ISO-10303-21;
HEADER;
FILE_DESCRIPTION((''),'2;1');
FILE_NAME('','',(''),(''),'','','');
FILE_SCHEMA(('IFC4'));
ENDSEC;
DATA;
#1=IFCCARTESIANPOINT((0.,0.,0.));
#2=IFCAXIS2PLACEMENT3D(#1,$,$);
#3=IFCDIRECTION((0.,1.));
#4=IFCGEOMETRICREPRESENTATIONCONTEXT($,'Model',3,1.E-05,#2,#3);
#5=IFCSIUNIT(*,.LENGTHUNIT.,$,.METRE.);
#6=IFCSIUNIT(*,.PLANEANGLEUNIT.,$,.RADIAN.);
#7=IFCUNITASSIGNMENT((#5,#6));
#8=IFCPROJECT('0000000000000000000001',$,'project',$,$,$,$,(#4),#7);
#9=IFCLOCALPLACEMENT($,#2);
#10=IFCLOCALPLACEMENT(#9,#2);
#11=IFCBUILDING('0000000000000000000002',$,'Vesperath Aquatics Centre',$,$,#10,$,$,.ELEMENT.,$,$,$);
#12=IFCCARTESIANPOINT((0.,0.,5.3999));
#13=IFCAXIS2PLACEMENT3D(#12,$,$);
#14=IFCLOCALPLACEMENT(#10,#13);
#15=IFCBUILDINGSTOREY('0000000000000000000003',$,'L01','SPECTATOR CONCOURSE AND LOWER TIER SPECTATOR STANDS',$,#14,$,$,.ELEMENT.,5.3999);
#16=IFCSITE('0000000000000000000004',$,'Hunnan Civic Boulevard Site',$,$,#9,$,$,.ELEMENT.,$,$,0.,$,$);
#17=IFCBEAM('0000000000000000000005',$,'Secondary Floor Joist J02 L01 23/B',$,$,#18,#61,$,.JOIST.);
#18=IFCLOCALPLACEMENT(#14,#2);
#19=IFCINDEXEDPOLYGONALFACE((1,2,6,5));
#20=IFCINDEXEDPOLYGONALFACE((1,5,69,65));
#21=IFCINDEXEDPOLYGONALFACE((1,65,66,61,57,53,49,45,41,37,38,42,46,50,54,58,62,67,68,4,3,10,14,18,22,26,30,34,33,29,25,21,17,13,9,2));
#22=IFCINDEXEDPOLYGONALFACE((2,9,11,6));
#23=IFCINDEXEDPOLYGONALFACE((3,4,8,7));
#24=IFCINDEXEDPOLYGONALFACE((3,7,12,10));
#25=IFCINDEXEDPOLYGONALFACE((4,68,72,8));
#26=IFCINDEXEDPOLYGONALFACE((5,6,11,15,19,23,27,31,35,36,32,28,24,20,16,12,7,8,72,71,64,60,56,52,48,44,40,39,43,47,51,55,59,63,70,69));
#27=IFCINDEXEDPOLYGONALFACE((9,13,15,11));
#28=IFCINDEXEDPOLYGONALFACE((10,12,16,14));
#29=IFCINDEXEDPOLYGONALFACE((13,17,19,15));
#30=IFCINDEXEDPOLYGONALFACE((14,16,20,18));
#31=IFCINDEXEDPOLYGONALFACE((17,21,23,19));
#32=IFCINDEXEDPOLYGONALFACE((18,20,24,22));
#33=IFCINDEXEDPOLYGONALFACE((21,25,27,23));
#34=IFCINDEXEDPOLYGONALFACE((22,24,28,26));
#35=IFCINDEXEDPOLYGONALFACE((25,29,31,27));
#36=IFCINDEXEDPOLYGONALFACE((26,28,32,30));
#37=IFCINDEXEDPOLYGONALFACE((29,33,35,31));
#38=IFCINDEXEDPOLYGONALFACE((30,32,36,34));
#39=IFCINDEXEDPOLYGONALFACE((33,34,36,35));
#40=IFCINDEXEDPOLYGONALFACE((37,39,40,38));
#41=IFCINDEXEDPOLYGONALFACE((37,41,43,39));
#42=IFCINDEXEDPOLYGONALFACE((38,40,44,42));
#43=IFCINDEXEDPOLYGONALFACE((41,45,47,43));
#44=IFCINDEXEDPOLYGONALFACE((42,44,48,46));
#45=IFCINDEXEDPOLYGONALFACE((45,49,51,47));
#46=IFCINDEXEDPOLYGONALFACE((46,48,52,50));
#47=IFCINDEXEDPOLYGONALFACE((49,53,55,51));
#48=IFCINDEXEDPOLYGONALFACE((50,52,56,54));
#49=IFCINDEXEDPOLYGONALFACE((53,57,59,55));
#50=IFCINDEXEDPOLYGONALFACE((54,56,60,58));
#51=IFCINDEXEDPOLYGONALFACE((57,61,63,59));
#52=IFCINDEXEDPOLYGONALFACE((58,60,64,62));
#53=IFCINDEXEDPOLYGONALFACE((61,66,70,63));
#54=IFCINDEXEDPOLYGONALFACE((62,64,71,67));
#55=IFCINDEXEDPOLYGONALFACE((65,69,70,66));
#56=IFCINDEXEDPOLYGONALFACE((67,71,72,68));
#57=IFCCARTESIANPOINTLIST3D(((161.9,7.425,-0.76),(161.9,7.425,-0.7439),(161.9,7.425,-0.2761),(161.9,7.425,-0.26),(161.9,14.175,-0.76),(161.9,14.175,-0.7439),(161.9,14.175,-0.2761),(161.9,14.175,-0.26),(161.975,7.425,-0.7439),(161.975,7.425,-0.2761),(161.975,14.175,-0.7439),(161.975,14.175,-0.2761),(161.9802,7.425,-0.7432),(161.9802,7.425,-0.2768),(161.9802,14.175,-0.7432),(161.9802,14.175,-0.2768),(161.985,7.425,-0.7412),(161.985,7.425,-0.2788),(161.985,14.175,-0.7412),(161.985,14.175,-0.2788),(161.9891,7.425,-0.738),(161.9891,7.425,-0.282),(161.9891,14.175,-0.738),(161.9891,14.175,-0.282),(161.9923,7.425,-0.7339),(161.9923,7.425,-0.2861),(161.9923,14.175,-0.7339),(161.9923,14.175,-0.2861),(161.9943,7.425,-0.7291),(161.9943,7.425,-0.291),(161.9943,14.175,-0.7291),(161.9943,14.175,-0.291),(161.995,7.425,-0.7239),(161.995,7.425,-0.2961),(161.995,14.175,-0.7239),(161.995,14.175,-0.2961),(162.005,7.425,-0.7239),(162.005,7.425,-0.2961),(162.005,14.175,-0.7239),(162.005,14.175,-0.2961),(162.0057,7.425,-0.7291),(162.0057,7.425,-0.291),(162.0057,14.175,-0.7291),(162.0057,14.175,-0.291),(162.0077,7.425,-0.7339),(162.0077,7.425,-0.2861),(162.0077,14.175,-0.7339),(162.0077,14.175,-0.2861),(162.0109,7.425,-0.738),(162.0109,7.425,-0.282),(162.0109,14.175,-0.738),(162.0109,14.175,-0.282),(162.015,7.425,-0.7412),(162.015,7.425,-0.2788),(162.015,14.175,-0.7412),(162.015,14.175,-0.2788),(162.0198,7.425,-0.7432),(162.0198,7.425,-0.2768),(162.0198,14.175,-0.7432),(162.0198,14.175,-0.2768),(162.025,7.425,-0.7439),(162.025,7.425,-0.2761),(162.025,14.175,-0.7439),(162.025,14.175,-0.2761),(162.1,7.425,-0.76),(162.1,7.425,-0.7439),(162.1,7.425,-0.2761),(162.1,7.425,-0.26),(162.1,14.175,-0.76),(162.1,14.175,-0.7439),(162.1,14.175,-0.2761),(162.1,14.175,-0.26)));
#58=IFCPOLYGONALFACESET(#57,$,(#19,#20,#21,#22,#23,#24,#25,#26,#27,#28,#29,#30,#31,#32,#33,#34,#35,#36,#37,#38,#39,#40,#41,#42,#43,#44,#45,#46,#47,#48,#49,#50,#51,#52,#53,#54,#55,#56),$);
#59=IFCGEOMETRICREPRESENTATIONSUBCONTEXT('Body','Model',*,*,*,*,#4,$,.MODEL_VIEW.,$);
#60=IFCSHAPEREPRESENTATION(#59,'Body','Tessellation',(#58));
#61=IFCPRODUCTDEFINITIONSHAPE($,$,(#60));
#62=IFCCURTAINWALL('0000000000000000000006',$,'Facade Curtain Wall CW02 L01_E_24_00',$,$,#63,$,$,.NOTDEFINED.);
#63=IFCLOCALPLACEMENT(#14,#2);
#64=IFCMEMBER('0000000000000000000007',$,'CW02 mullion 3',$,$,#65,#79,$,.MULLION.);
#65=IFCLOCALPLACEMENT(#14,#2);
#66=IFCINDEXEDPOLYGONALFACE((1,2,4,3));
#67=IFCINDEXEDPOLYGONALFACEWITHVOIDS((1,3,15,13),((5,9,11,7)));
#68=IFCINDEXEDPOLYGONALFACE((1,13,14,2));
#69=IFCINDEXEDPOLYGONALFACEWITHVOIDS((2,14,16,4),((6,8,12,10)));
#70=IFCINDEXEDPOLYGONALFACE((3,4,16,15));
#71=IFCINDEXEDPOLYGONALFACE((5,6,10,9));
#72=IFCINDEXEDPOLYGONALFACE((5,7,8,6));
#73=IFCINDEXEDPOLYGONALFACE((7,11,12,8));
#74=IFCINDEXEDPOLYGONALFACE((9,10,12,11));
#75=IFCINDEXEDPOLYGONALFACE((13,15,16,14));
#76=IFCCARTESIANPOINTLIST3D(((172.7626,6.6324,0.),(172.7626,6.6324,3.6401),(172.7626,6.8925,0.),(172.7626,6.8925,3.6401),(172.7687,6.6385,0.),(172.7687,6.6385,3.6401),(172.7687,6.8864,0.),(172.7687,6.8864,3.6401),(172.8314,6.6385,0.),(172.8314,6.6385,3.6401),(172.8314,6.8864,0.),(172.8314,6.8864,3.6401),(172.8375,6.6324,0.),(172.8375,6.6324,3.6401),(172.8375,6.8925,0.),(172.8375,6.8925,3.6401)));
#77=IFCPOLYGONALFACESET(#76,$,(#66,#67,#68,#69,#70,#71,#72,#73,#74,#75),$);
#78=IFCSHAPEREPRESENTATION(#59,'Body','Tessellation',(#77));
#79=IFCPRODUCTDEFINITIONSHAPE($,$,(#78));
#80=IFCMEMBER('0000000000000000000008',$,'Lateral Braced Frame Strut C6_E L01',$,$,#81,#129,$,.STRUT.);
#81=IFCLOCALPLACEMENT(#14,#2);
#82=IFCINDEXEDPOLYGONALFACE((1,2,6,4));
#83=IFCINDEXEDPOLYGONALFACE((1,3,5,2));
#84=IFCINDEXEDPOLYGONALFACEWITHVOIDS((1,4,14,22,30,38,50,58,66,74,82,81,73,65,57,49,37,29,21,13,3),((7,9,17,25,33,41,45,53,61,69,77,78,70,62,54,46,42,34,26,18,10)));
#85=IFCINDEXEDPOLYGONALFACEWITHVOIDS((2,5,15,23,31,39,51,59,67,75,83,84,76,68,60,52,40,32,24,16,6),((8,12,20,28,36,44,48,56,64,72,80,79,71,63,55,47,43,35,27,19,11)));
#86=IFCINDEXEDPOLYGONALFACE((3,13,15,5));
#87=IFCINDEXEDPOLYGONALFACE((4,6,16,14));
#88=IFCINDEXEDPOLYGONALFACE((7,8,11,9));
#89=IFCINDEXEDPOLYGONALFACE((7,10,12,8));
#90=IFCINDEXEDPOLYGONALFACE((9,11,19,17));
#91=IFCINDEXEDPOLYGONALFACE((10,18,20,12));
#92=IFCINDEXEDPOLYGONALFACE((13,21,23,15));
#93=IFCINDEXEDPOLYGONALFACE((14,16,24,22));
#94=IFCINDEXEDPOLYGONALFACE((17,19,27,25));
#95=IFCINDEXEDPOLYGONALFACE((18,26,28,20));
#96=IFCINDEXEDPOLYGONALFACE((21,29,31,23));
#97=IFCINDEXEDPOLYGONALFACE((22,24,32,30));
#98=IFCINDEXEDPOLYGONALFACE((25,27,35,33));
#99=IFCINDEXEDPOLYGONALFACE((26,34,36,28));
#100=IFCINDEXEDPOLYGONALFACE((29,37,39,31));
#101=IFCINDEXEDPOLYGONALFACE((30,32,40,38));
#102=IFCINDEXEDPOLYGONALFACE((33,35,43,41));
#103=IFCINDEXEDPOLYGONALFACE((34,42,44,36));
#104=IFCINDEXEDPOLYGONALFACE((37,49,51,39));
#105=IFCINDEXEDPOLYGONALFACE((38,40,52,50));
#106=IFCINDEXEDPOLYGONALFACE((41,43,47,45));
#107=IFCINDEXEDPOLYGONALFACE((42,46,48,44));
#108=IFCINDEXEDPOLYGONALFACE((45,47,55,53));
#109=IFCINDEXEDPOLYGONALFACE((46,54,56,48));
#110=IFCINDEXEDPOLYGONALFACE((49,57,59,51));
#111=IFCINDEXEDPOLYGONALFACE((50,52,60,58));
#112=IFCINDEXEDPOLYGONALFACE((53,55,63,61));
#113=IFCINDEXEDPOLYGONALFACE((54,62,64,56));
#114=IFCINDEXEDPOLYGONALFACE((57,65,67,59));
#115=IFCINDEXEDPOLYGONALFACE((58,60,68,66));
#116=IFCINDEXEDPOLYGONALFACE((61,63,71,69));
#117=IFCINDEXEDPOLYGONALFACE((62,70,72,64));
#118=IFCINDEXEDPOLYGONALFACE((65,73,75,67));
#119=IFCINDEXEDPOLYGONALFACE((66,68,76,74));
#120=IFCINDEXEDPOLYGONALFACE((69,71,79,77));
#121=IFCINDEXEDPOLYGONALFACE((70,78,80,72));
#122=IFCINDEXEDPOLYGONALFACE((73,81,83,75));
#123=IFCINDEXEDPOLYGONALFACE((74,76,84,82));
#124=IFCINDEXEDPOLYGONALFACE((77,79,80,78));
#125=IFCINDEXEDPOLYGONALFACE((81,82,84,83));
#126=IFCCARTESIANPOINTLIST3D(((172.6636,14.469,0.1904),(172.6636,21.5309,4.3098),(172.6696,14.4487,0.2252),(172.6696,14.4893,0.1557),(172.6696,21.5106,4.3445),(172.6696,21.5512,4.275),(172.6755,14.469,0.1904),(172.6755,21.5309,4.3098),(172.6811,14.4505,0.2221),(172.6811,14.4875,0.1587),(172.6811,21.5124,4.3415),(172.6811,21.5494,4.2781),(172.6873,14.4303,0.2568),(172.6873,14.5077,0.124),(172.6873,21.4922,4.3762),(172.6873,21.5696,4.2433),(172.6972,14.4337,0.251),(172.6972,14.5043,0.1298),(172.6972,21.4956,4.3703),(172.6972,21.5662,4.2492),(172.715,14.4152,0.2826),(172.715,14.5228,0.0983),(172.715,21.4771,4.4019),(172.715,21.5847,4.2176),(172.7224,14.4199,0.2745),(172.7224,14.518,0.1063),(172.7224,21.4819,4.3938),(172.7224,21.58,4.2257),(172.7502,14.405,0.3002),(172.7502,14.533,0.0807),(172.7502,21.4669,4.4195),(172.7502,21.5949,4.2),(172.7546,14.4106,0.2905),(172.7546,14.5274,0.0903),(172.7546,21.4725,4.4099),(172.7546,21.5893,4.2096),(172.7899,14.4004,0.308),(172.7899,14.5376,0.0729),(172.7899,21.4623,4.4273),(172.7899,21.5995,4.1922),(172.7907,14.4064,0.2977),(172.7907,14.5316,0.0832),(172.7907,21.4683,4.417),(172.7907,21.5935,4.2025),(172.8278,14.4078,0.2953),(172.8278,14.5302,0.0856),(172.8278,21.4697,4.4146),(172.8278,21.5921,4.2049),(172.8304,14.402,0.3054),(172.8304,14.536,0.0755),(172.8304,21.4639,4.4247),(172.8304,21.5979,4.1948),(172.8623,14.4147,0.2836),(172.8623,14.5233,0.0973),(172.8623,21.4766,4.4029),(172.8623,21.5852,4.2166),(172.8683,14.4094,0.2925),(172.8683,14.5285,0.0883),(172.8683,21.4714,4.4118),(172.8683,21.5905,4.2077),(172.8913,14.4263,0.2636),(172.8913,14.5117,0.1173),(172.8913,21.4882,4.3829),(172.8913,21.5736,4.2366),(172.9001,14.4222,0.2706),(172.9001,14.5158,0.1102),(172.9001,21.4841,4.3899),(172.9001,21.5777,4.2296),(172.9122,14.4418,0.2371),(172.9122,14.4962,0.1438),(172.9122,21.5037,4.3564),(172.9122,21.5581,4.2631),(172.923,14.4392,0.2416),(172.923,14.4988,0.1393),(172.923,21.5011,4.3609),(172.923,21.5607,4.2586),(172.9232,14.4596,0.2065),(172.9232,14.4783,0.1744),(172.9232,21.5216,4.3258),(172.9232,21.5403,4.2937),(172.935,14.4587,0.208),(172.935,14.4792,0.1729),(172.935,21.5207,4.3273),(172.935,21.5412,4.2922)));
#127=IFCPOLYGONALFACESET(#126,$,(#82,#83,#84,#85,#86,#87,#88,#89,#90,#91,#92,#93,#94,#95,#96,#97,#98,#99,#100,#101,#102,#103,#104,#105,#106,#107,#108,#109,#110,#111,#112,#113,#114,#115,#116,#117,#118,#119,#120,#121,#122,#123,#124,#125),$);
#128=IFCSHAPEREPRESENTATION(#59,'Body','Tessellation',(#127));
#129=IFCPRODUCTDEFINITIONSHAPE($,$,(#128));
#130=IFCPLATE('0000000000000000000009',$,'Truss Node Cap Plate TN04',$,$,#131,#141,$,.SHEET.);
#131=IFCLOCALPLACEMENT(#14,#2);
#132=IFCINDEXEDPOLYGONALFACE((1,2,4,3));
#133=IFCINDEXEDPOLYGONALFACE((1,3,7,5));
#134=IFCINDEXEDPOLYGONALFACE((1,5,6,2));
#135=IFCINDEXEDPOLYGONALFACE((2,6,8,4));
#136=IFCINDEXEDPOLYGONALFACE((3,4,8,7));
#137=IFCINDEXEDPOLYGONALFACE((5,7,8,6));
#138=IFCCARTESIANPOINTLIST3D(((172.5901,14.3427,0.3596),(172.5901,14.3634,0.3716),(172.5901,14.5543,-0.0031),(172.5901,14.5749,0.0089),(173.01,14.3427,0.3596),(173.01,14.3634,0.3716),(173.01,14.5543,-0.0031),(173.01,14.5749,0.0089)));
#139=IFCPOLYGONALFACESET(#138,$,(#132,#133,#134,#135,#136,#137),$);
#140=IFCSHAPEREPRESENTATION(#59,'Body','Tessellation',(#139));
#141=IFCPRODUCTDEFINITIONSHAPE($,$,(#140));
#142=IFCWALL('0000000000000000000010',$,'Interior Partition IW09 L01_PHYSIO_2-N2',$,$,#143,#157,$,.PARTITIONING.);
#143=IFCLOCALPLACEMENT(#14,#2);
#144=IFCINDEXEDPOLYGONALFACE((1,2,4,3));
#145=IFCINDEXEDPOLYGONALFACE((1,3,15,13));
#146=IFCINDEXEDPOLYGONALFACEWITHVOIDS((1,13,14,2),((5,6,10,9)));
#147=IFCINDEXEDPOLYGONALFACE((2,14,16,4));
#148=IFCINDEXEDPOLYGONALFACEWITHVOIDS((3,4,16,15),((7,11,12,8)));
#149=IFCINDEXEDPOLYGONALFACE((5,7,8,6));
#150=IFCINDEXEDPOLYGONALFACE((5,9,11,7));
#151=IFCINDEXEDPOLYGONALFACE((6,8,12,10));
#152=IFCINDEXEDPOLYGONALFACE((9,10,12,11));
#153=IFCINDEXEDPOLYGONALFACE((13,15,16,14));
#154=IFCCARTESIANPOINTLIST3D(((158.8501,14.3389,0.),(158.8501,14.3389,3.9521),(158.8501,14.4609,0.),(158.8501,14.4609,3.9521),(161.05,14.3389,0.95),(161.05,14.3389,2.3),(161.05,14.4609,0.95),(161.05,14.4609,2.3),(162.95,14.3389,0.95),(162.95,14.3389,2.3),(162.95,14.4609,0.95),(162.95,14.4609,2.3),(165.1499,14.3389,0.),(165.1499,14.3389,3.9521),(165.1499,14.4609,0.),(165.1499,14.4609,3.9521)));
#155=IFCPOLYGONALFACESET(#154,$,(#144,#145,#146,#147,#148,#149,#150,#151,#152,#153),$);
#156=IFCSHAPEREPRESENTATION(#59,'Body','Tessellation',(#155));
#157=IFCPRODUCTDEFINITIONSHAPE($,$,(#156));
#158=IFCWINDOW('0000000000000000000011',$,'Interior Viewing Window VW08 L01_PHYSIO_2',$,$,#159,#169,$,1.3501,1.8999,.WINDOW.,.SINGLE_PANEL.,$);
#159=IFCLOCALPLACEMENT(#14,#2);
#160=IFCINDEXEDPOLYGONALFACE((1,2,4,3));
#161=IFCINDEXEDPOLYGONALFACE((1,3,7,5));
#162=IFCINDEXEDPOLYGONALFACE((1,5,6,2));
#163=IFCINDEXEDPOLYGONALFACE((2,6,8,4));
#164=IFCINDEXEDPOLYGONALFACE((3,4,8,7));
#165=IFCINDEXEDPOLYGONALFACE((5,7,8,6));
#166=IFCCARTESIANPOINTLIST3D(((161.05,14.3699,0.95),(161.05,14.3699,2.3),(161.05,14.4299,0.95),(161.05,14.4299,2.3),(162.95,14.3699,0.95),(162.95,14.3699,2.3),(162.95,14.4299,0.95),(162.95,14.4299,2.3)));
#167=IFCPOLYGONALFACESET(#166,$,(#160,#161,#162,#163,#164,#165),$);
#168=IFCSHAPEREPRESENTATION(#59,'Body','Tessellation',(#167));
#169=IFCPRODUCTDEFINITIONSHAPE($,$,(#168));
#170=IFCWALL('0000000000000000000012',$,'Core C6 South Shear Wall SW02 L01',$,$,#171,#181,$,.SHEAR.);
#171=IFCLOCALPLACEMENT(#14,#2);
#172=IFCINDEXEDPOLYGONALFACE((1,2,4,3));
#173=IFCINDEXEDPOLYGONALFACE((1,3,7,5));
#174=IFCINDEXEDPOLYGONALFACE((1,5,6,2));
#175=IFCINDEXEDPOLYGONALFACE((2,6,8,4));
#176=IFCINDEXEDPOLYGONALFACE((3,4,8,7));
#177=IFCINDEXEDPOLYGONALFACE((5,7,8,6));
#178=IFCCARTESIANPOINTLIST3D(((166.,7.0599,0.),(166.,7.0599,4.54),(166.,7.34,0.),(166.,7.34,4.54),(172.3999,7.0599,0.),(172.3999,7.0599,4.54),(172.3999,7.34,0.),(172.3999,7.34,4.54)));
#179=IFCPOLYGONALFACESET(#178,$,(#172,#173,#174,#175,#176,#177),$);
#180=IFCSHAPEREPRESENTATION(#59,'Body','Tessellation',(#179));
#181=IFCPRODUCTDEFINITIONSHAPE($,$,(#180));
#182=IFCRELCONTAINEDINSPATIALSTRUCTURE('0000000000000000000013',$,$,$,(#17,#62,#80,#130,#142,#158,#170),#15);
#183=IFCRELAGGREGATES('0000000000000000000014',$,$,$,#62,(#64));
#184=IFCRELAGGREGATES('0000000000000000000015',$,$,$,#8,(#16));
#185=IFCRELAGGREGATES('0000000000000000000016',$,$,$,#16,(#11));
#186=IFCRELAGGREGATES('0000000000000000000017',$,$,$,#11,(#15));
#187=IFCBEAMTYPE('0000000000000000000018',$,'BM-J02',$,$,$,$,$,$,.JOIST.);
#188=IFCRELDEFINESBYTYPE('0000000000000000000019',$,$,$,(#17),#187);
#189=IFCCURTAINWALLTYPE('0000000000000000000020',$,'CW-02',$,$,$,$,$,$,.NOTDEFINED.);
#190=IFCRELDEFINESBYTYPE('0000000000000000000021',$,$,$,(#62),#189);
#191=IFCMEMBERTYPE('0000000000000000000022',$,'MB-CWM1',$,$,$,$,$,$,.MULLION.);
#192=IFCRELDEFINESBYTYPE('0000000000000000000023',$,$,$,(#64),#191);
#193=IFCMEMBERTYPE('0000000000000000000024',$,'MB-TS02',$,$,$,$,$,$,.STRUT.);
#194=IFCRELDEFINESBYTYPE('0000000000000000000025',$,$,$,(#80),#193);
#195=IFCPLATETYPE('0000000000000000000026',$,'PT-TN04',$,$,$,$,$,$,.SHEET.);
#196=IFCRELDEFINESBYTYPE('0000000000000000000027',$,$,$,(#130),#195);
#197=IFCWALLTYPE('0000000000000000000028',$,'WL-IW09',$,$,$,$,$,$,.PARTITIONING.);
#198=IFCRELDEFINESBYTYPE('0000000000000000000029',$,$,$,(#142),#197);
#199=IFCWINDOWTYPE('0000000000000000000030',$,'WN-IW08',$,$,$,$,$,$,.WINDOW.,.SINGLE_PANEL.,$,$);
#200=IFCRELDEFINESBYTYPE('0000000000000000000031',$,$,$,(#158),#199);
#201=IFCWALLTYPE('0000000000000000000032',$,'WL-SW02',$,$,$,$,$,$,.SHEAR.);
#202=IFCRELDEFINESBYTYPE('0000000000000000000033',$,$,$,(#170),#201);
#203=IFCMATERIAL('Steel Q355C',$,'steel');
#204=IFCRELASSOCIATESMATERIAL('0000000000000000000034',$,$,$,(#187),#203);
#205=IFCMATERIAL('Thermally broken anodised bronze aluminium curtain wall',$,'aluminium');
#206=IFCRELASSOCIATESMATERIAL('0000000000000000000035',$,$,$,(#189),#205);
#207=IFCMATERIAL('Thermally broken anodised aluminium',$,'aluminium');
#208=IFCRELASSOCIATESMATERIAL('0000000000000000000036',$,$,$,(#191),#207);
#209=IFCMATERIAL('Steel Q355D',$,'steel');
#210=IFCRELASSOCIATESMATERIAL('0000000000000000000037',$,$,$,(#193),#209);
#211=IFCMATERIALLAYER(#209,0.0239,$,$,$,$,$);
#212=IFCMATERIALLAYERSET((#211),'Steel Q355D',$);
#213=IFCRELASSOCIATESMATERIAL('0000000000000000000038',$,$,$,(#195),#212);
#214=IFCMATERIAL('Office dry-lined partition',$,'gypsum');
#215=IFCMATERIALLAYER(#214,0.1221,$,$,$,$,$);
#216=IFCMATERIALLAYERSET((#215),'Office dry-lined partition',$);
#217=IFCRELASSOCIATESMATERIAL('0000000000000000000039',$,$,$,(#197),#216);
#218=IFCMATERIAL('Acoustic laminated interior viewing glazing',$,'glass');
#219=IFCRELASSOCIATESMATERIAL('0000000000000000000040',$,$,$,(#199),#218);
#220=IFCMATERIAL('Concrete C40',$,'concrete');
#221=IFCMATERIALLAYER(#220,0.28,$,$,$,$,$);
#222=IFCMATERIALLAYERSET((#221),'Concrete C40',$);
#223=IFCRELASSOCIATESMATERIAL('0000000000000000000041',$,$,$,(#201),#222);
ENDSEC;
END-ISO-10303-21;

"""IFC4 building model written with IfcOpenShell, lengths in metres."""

from ifc_helpers import new_model, si_unit, direction, frame, frame_2d, origin, origin_2d, place, context, subcontext, project, spatial, rectangle, hollow_rectangle, hollow_circle, i_section, extrude, material, layer, layer_set, material_profile, profile_set, type_object, element, fill, aggregate, save


model = new_model("IFC4")

# Units and contexts
model_context = context("Model", 3, precision=1e-05, world=origin(), true_north=direction((0.0, 1.0)))
body_context = subcontext(model_context, "Body", "Model", "MODEL_VIEW")
ifc_project = project(units=[si_unit("LENGTHUNIT", "METRE"), si_unit("PLANEANGLEUNIT", "RADIAN")], contexts=[model_context])

# Site, building, storey
site_placement = place(None, origin())
site = spatial("IfcSite", under=ifc_project, at=site_placement, Name="Hunnan Civic Boulevard Site", CompositionType="ELEMENT", RefElevation=0.0)
building_placement = place(site_placement, origin())
building = spatial("IfcBuilding", under=site, at=building_placement, Name="Vesperath Aquatics Centre", CompositionType="ELEMENT")
storey_placement = place(building_placement, frame((0.0, 0.0, 5.3999)))
storey = spatial("IfcBuildingStorey", under=building, at=storey_placement, Name="L01", Description="SPECTATOR CONCOURSE AND LOWER TIER SPECTATOR STANDS", CompositionType="ELEMENT", Elevation=5.3999)

# Shared definitions
ifc_material_1 = material(Name="Concrete C40", Category="concrete")

# Beam
ifc_material_2 = material(Name="Steel Q355C", Category="steel")
ifc_material_profile_1 = material_profile(ifc_material_2, i_section(OverallWidth=0.2, OverallDepth=0.5, WebThickness=0.01, FlangeThickness=0.0161, FilletRadius=0.02, at=origin_2d()), Name="HN 500x200x10x16")
ifc_profile_set_1 = profile_set([ifc_material_profile_1], Name="Steel Q355C")
beam_type_1 = type_object("IfcBeamType", Name="BM-J02", PredefinedType="JOIST", material=ifc_profile_set_1)
beam_1_placement = place(storey_placement, frame((162.0, 7.425, -0.51), z_axis=(0.0, 1.0, 0.0), x_axis=(-1.0, 0.0, 0.0)))
element("IfcBeam", 1, at=beam_1_placement, inside=storey, type_object=beam_type_1, Name="Secondary Floor Joist J02 L01 23/B", PredefinedType="JOIST", context=body_context, shape_type="SweptSolid", body=[
    extrude(i_section(OverallWidth=0.2, OverallDepth=0.5, WebThickness=0.01, FlangeThickness=0.0161, FilletRadius=0.02, at=origin_2d()), origin(), (0.0, 0.0, 1.0), 6.75),
])

# Curtain wall, member
ifc_material_3 = material(Name="Thermally broken anodised bronze aluminium curtain wall", Category="aluminium")
curtain_wall_type = type_object("IfcCurtainWallType", Name="CW-02", PredefinedType="NOTDEFINED", material=ifc_material_3)
curtain_wall_placement = place(storey_placement, origin())
curtain_wall = element("IfcCurtainWall", 2, at=curtain_wall_placement, inside=storey, type_object=curtain_wall_type, Name="Facade Curtain Wall CW02 L01_E_24_00", PredefinedType="NOTDEFINED")
ifc_material_4 = material(Name="Thermally broken anodised aluminium", Category="aluminium")
ifc_material_profile_2 = material_profile(ifc_material_4, hollow_rectangle(XDim=0.075, YDim=0.26, WallThickness=0.0061, at=origin_2d()), Name="CWM 75x260x6")
ifc_profile_set_2 = profile_set([ifc_material_profile_2], Name="Thermally broken anodised aluminium")
member_type_1 = type_object("IfcMemberType", Name="MB-CWM1", PredefinedType="MULLION", material=ifc_profile_set_2)
member_1_placement = place(storey_placement, frame((172.8, 6.7625, 0.0), z_axis=(0.0, 0.0, 1.0), x_axis=(-1.0, 0.0, 0.0)))
member_1 = element("IfcMember", 3, at=member_1_placement, type_object=member_type_1, Name="CW02 mullion 3", PredefinedType="MULLION", context=body_context, shape_type="SweptSolid", body=[
    extrude(hollow_rectangle(XDim=0.075, YDim=0.26, WallThickness=0.0061, at=origin_2d()), origin(), (0.0, 0.0, 1.0), 3.6401),
])
aggregate(curtain_wall, [member_1])

# Member
ifc_material_5 = material(Name="Steel Q355D", Category="steel")
ifc_material_profile_3 = material_profile(ifc_material_5, hollow_circle(Radius=0.1365, WallThickness=0.012, at=origin_2d()), Name="CHS 273.0x12")
ifc_profile_set_3 = profile_set([ifc_material_profile_3], Name="Steel Q355D")
member_type_2 = type_object("IfcMemberType", Name="MB-TS02", PredefinedType="STRUT", material=ifc_profile_set_3)
member_2_placement = place(storey_placement, frame((172.8, 14.469, 0.1904), z_axis=(0.0, 0.863785, 0.50386), x_axis=(-1.0, 0.0, 0.0)))
element("IfcMember", 4, at=member_2_placement, inside=storey, type_object=member_type_2, Name="Lateral Braced Frame Strut C6_E L01", PredefinedType="STRUT", context=body_context, shape_type="SweptSolid", body=[
    extrude(hollow_circle(Radius=0.1365, WallThickness=0.012, at=origin_2d()), origin(), (0.0, 0.0, 1.0), 8.1755),
])

# Plate
ifc_layer_1 = layer(ifc_material_5, 0.0239)
ifc_layer_set_1 = layer_set([ifc_layer_1], Name="Steel Q355D")
plate_type = type_object("IfcPlateType", Name="PT-TN04", PredefinedType="SHEET", material=ifc_layer_set_1)
plate_placement = place(storey_placement, frame((172.8, 14.4485, 0.1782), z_axis=(0.0, 0.863779, 0.503871), x_axis=(-1.0, 0.0, 0.0)))
element("IfcPlate", 5, at=plate_placement, inside=storey, type_object=plate_type, Name="Truss Node Cap Plate TN04", PredefinedType="SHEET", context=body_context, shape_type="SweptSolid", body=[
    extrude(rectangle(XDim=0.4199, YDim=0.4199, at=origin_2d()), origin(), (0.0, 0.0, 1.0), 0.0239),
])

# Wall, opening, window
ifc_material_6 = material(Name="Office dry-lined partition", Category="gypsum")
ifc_layer_2 = layer(ifc_material_6, 0.1221)
ifc_layer_set_2 = layer_set([ifc_layer_2], Name="Office dry-lined partition")
wall_type_1 = type_object("IfcWallType", Name="WL-IW09", PredefinedType="PARTITIONING", material=ifc_layer_set_2)
wall_1_placement = place(storey_placement, frame((158.8501, 14.3999, 0.0), z_axis=(0.0, 0.0, 1.0), x_axis=(1.0, 0.0, 0.0)))
wall_1 = element("IfcWall", 6, at=wall_1_placement, inside=storey, type_object=wall_type_1, Name="Interior Partition IW09 L01_PHYSIO_2-N2", PredefinedType="PARTITIONING", context=body_context, shape_type="SweptSolid", body=[
    extrude(rectangle(XDim=6.2998, YDim=0.1221, at=frame_2d((3.1499, 0.0))), origin(), (0.0, 0.0, 1.0), 3.9521),
])
opening_1_placement = place(wall_1_placement, frame((2.2, 0.0, 0.95)))
opening_1 = element("IfcOpeningElement", 7, at=opening_1_placement, cuts=wall_1, PredefinedType="OPENING", context=body_context, shape_type="SweptSolid", body=[
    extrude(rectangle(XDim=1.8999, YDim=1.3501, at=frame_2d((0.95, 0.675))), frame((0.0, 0.0759, 0.0), z_axis=(0.0, -1.0, 0.0), x_axis=(1.0, 0.0, 0.0)), (0.0, 0.0, 1.0), 0.1519),
])
ifc_material_7 = material(Name="Acoustic laminated interior viewing glazing", Category="glass")
window_type = type_object("IfcWindowType", Name="WN-IW08", PartitioningType="SINGLE_PANEL", PredefinedType="WINDOW", material=ifc_material_7)
window_placement = place(opening_1_placement, origin())
window = element("IfcWindow", 8, at=window_placement, inside=storey, type_object=window_type, Name="Interior Viewing Window VW08 L01_PHYSIO_2", OverallHeight=1.3501, OverallWidth=1.8999, PartitioningType="SINGLE_PANEL", PredefinedType="WINDOW", context=body_context, shape_type="SweptSolid", body=[
    extrude(rectangle(XDim=1.8999, YDim=1.3501, at=frame_2d((0.95, 0.675))), frame((0.0, 0.03, 0.0), z_axis=(0.0, -1.0, 0.0), x_axis=(1.0, 0.0, 0.0)), (0.0, 0.0, 1.0), 0.0601),
])
fill(opening_1, window)

# Wall
ifc_layer_3 = layer(ifc_material_1, 0.28)
ifc_layer_set_3 = layer_set([ifc_layer_3], Name="Concrete C40")
wall_type_2 = type_object("IfcWallType", Name="WL-SW02", PredefinedType="SHEAR", material=ifc_layer_set_3)
for number, where, z_axis, x_axis, name in (
    (9, (166.0, 7.2, 0.0), (0.0, 0.0, 1.0), (1.0, 0.0, 0.0), "Core C6 South Shear Wall SW02 L01"),
):
    element("IfcWall", number, at=place(storey_placement, frame(where, z_axis=z_axis, x_axis=x_axis)), inside=storey, type_object=wall_type_2, Name=name, PredefinedType="SHEAR", context=body_context, shape_type="SweptSolid", body=[
        extrude(rectangle(XDim=6.3999, YDim=0.28, at=frame_2d((3.2, 0.0))), origin(), (0.0, 0.0, 1.0), 4.54),
    ])

save(model, "model.ifc")
